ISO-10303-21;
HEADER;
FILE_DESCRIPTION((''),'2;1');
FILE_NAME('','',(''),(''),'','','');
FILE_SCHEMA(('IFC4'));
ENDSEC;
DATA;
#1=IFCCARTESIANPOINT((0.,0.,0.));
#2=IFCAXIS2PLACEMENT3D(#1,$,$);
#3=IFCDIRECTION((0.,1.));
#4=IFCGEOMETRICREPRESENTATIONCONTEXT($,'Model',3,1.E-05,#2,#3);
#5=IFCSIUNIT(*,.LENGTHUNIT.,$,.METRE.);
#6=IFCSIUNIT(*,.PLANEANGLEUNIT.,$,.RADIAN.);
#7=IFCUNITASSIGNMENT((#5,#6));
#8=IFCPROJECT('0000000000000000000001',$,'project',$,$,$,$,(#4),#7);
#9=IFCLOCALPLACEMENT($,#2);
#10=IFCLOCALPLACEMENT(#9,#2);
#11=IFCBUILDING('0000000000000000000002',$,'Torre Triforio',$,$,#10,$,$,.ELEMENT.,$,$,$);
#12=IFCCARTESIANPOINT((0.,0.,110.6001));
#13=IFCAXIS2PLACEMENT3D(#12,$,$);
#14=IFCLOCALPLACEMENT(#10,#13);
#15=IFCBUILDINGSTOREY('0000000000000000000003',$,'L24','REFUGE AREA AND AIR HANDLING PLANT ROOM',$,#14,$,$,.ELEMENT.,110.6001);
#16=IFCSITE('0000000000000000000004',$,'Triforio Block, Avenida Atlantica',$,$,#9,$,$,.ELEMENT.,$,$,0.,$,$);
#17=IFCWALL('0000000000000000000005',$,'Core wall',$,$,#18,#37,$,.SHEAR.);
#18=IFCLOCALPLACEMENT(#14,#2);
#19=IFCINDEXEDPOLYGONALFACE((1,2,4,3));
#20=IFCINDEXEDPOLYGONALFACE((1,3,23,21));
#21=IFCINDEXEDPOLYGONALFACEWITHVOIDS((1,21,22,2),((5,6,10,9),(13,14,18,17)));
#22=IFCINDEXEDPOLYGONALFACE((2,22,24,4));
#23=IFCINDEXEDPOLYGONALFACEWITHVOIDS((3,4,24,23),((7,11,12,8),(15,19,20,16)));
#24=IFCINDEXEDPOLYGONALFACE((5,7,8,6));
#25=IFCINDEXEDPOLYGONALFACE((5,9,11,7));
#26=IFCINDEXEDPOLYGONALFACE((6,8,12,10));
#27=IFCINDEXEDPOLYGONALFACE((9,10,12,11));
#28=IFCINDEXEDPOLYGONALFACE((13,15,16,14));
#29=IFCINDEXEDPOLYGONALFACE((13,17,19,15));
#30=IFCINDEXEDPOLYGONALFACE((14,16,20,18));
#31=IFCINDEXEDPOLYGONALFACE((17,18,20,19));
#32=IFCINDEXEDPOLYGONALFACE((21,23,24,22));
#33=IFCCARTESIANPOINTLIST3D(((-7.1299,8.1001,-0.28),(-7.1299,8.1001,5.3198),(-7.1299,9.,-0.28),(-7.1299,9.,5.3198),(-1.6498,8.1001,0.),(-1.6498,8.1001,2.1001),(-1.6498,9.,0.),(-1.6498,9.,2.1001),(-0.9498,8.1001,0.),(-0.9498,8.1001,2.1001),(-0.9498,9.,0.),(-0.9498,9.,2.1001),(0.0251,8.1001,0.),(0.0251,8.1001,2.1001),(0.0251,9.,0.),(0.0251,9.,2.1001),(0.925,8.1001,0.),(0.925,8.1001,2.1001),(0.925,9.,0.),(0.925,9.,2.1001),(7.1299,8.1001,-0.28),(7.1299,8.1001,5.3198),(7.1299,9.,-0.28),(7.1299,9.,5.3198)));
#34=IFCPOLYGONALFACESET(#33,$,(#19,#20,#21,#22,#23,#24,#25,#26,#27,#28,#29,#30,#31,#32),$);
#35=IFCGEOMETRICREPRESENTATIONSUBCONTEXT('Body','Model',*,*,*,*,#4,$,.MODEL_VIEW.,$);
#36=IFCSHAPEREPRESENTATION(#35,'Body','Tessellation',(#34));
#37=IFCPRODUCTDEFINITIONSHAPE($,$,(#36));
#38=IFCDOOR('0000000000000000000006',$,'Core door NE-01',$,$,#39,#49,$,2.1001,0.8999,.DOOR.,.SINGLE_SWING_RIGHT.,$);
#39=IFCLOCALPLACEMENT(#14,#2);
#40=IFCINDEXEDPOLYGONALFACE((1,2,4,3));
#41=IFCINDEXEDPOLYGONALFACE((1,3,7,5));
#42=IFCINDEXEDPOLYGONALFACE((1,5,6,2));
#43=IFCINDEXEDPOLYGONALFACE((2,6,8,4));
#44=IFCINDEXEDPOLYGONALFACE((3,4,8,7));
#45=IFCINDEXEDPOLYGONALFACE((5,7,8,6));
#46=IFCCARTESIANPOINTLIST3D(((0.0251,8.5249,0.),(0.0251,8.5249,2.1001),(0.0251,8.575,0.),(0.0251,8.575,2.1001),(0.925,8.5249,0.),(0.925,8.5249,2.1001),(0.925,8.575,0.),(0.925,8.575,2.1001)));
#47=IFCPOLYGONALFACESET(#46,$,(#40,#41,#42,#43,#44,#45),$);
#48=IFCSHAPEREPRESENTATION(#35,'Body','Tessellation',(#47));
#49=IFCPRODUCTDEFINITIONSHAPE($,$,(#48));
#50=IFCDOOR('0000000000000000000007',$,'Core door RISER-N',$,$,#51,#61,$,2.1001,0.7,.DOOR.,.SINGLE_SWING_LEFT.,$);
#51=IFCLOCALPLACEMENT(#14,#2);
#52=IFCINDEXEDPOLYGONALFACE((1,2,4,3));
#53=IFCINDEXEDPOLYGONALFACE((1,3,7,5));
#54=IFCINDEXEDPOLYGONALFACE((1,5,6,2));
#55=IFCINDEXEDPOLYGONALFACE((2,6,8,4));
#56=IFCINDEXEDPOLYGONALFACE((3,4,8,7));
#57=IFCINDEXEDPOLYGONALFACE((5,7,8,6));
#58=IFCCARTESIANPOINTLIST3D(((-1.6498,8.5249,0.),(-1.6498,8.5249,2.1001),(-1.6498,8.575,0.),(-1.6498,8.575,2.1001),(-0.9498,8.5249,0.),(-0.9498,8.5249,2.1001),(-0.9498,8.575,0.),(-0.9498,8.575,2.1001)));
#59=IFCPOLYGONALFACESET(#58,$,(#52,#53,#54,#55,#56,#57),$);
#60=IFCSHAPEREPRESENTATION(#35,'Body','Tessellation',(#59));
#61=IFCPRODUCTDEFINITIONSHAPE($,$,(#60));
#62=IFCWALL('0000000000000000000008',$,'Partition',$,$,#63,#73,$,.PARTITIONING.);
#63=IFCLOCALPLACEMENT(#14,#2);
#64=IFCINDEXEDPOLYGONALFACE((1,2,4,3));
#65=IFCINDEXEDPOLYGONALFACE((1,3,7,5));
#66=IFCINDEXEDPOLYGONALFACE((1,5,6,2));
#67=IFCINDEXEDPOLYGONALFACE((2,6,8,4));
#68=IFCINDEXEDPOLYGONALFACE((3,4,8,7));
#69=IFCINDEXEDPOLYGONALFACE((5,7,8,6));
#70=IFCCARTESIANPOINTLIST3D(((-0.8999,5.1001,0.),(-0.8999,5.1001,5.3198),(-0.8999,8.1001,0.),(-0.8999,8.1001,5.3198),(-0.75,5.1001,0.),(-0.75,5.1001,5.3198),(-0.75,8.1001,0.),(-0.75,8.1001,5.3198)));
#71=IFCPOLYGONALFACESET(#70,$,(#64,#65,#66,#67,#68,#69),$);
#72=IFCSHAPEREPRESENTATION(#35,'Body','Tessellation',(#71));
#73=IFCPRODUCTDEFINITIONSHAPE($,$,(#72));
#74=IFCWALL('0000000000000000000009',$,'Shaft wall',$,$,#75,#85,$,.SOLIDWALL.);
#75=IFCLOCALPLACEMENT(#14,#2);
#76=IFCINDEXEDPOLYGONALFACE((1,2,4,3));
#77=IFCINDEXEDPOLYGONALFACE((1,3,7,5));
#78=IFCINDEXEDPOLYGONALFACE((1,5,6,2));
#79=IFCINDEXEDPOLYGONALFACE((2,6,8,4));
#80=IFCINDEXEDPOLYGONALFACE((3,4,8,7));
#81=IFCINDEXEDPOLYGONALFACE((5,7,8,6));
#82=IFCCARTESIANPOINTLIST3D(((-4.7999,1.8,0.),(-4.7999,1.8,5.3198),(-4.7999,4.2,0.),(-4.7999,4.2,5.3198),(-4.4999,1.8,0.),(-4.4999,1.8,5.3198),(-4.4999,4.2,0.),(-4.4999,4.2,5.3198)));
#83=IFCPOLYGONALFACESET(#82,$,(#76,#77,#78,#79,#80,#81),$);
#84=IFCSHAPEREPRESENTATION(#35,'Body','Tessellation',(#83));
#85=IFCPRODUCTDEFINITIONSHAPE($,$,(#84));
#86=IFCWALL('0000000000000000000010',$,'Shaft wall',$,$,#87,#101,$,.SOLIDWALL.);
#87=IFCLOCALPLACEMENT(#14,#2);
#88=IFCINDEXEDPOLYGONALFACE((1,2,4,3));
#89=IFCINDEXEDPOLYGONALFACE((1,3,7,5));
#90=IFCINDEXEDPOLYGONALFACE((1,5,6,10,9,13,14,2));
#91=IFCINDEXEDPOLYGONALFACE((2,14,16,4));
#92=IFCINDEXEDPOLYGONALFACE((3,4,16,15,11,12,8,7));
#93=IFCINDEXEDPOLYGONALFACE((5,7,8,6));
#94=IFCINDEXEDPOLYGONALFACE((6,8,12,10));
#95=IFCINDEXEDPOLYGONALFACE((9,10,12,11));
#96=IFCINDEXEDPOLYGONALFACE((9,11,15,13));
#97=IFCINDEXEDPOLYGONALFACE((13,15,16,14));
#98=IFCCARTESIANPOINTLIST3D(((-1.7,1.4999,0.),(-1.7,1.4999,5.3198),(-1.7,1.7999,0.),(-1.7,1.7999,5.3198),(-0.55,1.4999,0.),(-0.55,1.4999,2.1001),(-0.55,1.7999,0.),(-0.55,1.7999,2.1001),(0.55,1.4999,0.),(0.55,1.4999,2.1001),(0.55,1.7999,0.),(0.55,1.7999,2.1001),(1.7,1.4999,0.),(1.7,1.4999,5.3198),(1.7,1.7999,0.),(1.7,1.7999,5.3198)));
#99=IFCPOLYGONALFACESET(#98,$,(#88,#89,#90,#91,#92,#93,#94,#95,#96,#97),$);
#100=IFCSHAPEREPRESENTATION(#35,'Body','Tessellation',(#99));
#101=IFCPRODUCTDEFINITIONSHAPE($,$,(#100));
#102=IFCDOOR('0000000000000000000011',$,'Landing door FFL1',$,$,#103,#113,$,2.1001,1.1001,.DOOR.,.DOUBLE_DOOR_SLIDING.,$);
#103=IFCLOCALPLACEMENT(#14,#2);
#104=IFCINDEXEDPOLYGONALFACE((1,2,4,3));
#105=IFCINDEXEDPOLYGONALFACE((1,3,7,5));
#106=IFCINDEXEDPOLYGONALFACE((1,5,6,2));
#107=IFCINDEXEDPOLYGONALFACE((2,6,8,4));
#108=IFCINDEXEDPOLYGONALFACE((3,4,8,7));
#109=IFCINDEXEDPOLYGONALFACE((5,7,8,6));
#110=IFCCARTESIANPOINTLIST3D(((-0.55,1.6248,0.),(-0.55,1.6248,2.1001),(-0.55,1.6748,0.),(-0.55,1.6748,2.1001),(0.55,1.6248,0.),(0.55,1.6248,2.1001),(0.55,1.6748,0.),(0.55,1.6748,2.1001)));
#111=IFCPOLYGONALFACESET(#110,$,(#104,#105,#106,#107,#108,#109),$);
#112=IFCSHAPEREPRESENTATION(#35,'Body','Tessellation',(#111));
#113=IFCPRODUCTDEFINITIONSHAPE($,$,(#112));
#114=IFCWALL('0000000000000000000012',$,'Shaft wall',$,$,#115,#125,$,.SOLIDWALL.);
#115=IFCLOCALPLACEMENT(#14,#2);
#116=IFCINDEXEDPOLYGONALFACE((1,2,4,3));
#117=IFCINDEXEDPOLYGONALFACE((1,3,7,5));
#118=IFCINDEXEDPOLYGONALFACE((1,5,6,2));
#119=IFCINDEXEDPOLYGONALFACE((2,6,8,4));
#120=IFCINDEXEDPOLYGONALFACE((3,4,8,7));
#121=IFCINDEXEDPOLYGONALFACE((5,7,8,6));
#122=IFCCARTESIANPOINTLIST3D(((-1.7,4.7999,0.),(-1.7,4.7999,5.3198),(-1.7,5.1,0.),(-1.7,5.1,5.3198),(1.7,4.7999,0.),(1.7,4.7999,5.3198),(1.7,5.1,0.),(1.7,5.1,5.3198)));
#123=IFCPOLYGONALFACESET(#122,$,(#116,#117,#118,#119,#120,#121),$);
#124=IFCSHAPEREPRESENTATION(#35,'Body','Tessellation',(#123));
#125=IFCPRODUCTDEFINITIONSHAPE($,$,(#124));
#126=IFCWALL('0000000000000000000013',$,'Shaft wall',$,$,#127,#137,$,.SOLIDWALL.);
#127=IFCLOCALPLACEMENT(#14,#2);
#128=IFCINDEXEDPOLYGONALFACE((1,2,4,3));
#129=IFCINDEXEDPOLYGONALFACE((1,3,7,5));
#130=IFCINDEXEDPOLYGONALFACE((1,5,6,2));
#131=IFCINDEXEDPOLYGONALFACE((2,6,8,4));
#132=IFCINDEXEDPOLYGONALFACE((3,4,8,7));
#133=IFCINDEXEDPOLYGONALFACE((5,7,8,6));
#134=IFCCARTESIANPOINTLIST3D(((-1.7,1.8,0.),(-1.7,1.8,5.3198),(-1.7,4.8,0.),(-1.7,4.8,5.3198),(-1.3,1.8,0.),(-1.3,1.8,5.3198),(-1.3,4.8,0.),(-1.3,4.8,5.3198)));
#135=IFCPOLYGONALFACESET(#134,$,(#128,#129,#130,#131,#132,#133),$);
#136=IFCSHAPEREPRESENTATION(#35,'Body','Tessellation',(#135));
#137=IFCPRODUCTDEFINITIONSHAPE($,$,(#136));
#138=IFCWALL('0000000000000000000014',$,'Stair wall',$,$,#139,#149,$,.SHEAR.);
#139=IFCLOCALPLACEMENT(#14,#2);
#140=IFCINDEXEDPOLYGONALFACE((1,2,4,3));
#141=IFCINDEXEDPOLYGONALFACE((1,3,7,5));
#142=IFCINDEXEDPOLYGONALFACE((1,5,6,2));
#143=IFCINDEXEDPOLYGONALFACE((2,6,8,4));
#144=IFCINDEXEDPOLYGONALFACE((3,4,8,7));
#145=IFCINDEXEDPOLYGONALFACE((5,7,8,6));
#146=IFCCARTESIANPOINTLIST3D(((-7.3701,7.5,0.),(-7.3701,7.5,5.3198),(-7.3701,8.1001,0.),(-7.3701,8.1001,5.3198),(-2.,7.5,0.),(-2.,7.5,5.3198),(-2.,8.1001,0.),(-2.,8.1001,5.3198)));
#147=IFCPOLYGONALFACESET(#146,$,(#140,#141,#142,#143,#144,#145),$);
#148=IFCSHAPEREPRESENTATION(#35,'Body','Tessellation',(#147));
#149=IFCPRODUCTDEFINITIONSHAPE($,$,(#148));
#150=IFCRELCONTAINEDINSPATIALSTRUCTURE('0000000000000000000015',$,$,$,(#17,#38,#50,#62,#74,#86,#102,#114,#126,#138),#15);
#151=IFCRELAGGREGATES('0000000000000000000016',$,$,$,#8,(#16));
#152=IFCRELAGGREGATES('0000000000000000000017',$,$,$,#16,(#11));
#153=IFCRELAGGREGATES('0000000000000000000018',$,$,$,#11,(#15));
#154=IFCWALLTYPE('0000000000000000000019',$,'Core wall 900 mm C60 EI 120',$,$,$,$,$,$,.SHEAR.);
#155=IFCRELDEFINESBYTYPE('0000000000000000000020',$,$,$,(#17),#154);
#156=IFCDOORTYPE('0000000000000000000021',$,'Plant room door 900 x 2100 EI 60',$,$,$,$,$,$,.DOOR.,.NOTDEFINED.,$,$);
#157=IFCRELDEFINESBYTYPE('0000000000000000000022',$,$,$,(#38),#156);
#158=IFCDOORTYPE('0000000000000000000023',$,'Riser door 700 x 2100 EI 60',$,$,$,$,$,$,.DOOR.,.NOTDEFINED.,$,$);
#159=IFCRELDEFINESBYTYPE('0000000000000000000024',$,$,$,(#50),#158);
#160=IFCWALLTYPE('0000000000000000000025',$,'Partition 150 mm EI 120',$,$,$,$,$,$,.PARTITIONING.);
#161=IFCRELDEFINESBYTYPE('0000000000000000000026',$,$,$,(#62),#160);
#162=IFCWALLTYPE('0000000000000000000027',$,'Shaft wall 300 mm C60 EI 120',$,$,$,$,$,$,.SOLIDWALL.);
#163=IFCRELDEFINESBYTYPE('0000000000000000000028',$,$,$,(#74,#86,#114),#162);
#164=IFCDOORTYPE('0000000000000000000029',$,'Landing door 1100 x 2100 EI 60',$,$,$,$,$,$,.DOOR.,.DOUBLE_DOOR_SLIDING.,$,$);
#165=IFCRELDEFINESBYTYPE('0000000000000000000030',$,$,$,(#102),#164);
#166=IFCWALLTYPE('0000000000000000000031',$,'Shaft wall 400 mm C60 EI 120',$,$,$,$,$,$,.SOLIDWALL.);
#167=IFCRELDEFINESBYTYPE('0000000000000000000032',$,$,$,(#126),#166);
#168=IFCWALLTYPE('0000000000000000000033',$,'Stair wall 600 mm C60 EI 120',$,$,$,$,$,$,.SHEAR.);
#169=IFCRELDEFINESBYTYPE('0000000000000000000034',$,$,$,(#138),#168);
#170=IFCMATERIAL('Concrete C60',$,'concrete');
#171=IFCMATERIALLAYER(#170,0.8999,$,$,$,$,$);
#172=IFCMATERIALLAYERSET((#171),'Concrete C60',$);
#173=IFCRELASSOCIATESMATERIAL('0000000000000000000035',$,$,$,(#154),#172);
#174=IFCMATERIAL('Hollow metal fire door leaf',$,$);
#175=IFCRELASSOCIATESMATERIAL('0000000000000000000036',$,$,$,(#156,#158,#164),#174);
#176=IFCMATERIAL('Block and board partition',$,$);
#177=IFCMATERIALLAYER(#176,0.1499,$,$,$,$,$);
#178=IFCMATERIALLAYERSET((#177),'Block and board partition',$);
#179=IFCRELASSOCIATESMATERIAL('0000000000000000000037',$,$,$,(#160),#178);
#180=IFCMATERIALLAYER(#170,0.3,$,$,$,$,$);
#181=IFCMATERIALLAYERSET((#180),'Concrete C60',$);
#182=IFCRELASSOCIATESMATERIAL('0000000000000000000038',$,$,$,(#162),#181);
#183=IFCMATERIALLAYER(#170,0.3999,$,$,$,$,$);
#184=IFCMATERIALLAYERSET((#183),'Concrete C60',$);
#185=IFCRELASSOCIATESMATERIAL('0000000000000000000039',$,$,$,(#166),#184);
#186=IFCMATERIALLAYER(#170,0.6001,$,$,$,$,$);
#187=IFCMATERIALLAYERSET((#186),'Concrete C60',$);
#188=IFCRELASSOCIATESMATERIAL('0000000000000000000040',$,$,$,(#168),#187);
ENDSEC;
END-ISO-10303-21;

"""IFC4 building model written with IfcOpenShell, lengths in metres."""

from ifc_helpers import new_model, si_unit, direction, frame, frame_2d, origin, place, context, subcontext, project, spatial, rectangle, extrude, material, layer, layer_set, type_object, element, fill, save


model = new_model("IFC4")

# Units and contexts
model_context = context("Model", 3, precision=1e-05, world=origin(), true_north=direction((0.0, 1.0)))
body_context = subcontext(model_context, "Body", "Model", "MODEL_VIEW")
ifc_project = project(units=[si_unit("LENGTHUNIT", "METRE"), si_unit("PLANEANGLEUNIT", "RADIAN")], contexts=[model_context])

# Site, building, storey
site_placement = place(None, origin())
site = spatial("IfcSite", under=ifc_project, at=site_placement, Name="Triforio Block, Avenida Atlantica", CompositionType="ELEMENT", RefElevation=0.0)
building_placement = place(site_placement, origin())
building = spatial("IfcBuilding", under=site, at=building_placement, Name="Torre Triforio", CompositionType="ELEMENT")
storey_placement = place(building_placement, frame((0.0, 0.0, 110.6001)))
storey = spatial("IfcBuildingStorey", under=building, at=storey_placement, Name="L24", Description="REFUGE AREA AND AIR HANDLING PLANT ROOM", CompositionType="ELEMENT", Elevation=110.6001)

# Shared definitions
ifc_material_1 = material(Name="Concrete C60", Category="concrete")

# Wall, openings, doors
ifc_layer_1 = layer(ifc_material_1, 0.8999)
ifc_layer_set_1 = layer_set([ifc_layer_1], Name="Concrete C60")
wall_type_1 = type_object("IfcWallType", Name="Core wall 900 mm C60 EI 120", PredefinedType="SHEAR", material=ifc_layer_set_1)
wall_1_placement = place(storey_placement, frame((-7.1299, 8.55, -0.28), z_axis=(0.0, 0.0, 1.0), x_axis=(1.0, 0.0, 0.0)))
wall_1 = element("IfcWall", 1, at=wall_1_placement, inside=storey, type_object=wall_type_1, Name="Core wall", PredefinedType="SHEAR", context=body_context, shape_type="SweptSolid", body=[
    extrude(rectangle(XDim=14.2598, YDim=0.8999, at=frame_2d((7.1299, 0.0))), origin(), (0.0, 0.0, 1.0), 5.5999),
])
opening_1_placement = place(wall_1_placement, frame((5.48, 0.0, 0.28)))
opening_1 = element("IfcOpeningElement", 2, at=opening_1_placement, cuts=wall_1, PredefinedType="OPENING", context=body_context, shape_type="SweptSolid", body=[
    extrude(rectangle(XDim=0.7, YDim=2.1001, at=frame_2d((0.3501, 1.05))), frame((0.0, 0.46, 0.0), z_axis=(0.0, -1.0, 0.0), x_axis=(1.0, 0.0, 0.0)), (0.0, 0.0, 1.0), 0.9199),
])
opening_2_placement = place(wall_1_placement, frame((7.155, 0.0, 0.28)))
opening_2 = element("IfcOpeningElement", 3, at=opening_2_placement, cuts=wall_1, PredefinedType="OPENING", context=body_context, shape_type="SweptSolid", body=[
    extrude(rectangle(XDim=0.8999, YDim=2.1001, at=frame_2d((0.45, 1.05))), frame((0.0, 0.46, 0.0), z_axis=(0.0, -1.0, 0.0), x_axis=(1.0, 0.0, 0.0)), (0.0, 0.0, 1.0), 0.9199),
])
ifc_material_2 = material(Name="Hollow metal fire door leaf")
door_type_1 = type_object("IfcDoorType", Name="Plant room door 900 x 2100 EI 60", OperationType="NOTDEFINED", PredefinedType="DOOR", material=ifc_material_2)
door_1_placement = place(opening_2_placement, origin())
door_1 = element("IfcDoor", 4, at=door_1_placement, inside=storey, type_object=door_type_1, Name="Core door NE-01", OperationType="SINGLE_SWING_RIGHT", OverallHeight=2.1001, OverallWidth=0.8999, PredefinedType="DOOR", context=body_context, shape_type="SweptSolid", body=[
    extrude(rectangle(XDim=0.8999, YDim=2.1001, at=frame_2d((0.45, 1.05))), frame((0.0, 0.0249, 0.0), z_axis=(0.0, -1.0, 0.0), x_axis=(1.0, 0.0, 0.0)), (0.0, 0.0, 1.0), 0.05),
])
fill(opening_2, door_1)
door_type_2 = type_object("IfcDoorType", Name="Riser door 700 x 2100 EI 60", OperationType="NOTDEFINED", PredefinedType="DOOR", material=ifc_material_2)
door_2_placement = place(opening_1_placement, origin())
door_2 = element("IfcDoor", 5, at=door_2_placement, inside=storey, type_object=door_type_2, Name="Core door RISER-N", OperationType="SINGLE_SWING_LEFT", OverallHeight=2.1001, OverallWidth=0.7, PredefinedType="DOOR", context=body_context, shape_type="SweptSolid", body=[
    extrude(rectangle(XDim=0.7, YDim=2.1001, at=frame_2d((0.3501, 1.05))), frame((0.0, 0.0249, 0.0), z_axis=(0.0, -1.0, 0.0), x_axis=(1.0, 0.0, 0.0)), (0.0, 0.0, 1.0), 0.05),
])
fill(opening_1, door_2)

# Walls
ifc_material_3 = material(Name="Block and board partition")
ifc_layer_2 = layer(ifc_material_3, 0.1499)
ifc_layer_set_2 = layer_set([ifc_layer_2], Name="Block and board partition")
wall_type_2 = type_object("IfcWallType", Name="Partition 150 mm EI 120", PredefinedType="PARTITIONING", material=ifc_layer_set_2)
wall_2_placement = place(storey_placement, frame((-0.825, 5.1001, 0.0), z_axis=(0.0, 0.0, 1.0), x_axis=(0.0, 1.0, 0.0)))
element("IfcWall", 6, at=wall_2_placement, inside=storey, type_object=wall_type_2, Name="Partition", PredefinedType="PARTITIONING", context=body_context, shape_type="SweptSolid", body=[
    extrude(rectangle(XDim=3.0, YDim=0.1499, at=frame_2d((1.5, 0.0))), origin(), (0.0, 0.0, 1.0), 5.3198),
])
ifc_layer_3 = layer(ifc_material_1, 0.3)
ifc_layer_set_3 = layer_set([ifc_layer_3], Name="Concrete C60")
wall_type_3 = type_object("IfcWallType", Name="Shaft wall 300 mm C60 EI 120", PredefinedType="SOLIDWALL", material=ifc_layer_set_3)
wall_3_placement = place(storey_placement, frame((-4.6499, 1.8, 0.0), z_axis=(0.0, 0.0, 1.0), x_axis=(0.0, 1.0, 0.0)))
element("IfcWall", 7, at=wall_3_placement, inside=storey, type_object=wall_type_3, Name="Shaft wall", PredefinedType="SOLIDWALL", context=body_context, shape_type="SweptSolid", body=[
    extrude(rectangle(XDim=2.3999, YDim=0.3, at=frame_2d((1.2, 0.0))), origin(), (0.0, 0.0, 1.0), 5.3198),
])

# Wall, opening, door
wall_4_placement = place(storey_placement, frame((-1.7, 1.6499, 0.0), z_axis=(0.0, 0.0, 1.0), x_axis=(1.0, 0.0, 0.0)))
wall_4 = element("IfcWall", 8, at=wall_4_placement, inside=storey, type_object=wall_type_3, Name="Shaft wall", PredefinedType="SOLIDWALL", context=body_context, shape_type="SweptSolid", body=[
    extrude(rectangle(XDim=3.3999, YDim=0.3, at=frame_2d((1.7, 0.0))), origin(), (0.0, 0.0, 1.0), 5.3198),
])
opening_3_placement = place(wall_4_placement, frame((1.1499, 0.0, 0.0)))
opening_3 = element("IfcOpeningElement", 9, at=opening_3_placement, cuts=wall_4, PredefinedType="OPENING", context=body_context, shape_type="SweptSolid", body=[
    extrude(rectangle(XDim=1.1001, YDim=2.1001, at=frame_2d((0.55, 1.05))), frame((0.0, 0.1599, 0.0), z_axis=(0.0, -1.0, 0.0), x_axis=(1.0, 0.0, 0.0)), (0.0, 0.0, 1.0), 0.3201),
])
door_type_3 = type_object("IfcDoorType", Name="Landing door 1100 x 2100 EI 60", OperationType="DOUBLE_DOOR_SLIDING", PredefinedType="DOOR", material=ifc_material_2)
door_3_placement = place(opening_3_placement, origin())
door_3 = element("IfcDoor", 10, at=door_3_placement, inside=storey, type_object=door_type_3, Name="Landing door FFL1", OperationType="DOUBLE_DOOR_SLIDING", OverallHeight=2.1001, OverallWidth=1.1001, PredefinedType="DOOR", context=body_context, shape_type="SweptSolid", body=[
    extrude(rectangle(XDim=1.1001, YDim=2.1001, at=frame_2d((0.55, 1.05))), frame((0.0, 0.0249, 0.0), z_axis=(0.0, -1.0, 0.0), x_axis=(1.0, 0.0, 0.0)), (0.0, 0.0, 1.0), 0.05),
])
fill(opening_3, door_3)

# Walls
wall_5_placement = place(storey_placement, frame((-1.7, 4.95, 0.0), z_axis=(0.0, 0.0, 1.0), x_axis=(1.0, 0.0, 0.0)))
element("IfcWall", 11, at=wall_5_placement, inside=storey, type_object=wall_type_3, Name="Shaft wall", PredefinedType="SOLIDWALL", context=body_context, shape_type="SweptSolid", body=[
    extrude(rectangle(XDim=3.3999, YDim=0.3, at=frame_2d((1.7, 0.0))), origin(), (0.0, 0.0, 1.0), 5.3198),
])
ifc_layer_4 = layer(ifc_material_1, 0.3999)
ifc_layer_set_4 = layer_set([ifc_layer_4], Name="Concrete C60")
wall_type_4 = type_object("IfcWallType", Name="Shaft wall 400 mm C60 EI 120", PredefinedType="SOLIDWALL", material=ifc_layer_set_4)
wall_6_placement = place(storey_placement, frame((-1.5, 1.8, 0.0), z_axis=(0.0, 0.0, 1.0), x_axis=(0.0, 1.0, 0.0)))
element("IfcWall", 12, at=wall_6_placement, inside=storey, type_object=wall_type_4, Name="Shaft wall", PredefinedType="SOLIDWALL", context=body_context, shape_type="SweptSolid", body=[
    extrude(rectangle(XDim=3.0, YDim=0.3999, at=frame_2d((1.5, 0.0))), origin(), (0.0, 0.0, 1.0), 5.3198),
])
ifc_layer_5 = layer(ifc_material_1, 0.6001)
ifc_layer_set_5 = layer_set([ifc_layer_5], Name="Concrete C60")
wall_type_5 = type_object("IfcWallType", Name="Stair wall 600 mm C60 EI 120", PredefinedType="SHEAR", material=ifc_layer_set_5)
wall_7_placement = place(storey_placement, frame((-7.3701, 7.8, 0.0), z_axis=(0.0, 0.0, 1.0), x_axis=(1.0, 0.0, 0.0)))
element("IfcWall", 13, at=wall_7_placement, inside=storey, type_object=wall_type_5, Name="Stair wall", PredefinedType="SHEAR", context=body_context, shape_type="SweptSolid", body=[
    extrude(rectangle(XDim=5.3701, YDim=0.6001, at=frame_2d((2.6851, 0.0))), origin(), (0.0, 0.0, 1.0), 5.3198),
])

save(model, "model.ifc")
